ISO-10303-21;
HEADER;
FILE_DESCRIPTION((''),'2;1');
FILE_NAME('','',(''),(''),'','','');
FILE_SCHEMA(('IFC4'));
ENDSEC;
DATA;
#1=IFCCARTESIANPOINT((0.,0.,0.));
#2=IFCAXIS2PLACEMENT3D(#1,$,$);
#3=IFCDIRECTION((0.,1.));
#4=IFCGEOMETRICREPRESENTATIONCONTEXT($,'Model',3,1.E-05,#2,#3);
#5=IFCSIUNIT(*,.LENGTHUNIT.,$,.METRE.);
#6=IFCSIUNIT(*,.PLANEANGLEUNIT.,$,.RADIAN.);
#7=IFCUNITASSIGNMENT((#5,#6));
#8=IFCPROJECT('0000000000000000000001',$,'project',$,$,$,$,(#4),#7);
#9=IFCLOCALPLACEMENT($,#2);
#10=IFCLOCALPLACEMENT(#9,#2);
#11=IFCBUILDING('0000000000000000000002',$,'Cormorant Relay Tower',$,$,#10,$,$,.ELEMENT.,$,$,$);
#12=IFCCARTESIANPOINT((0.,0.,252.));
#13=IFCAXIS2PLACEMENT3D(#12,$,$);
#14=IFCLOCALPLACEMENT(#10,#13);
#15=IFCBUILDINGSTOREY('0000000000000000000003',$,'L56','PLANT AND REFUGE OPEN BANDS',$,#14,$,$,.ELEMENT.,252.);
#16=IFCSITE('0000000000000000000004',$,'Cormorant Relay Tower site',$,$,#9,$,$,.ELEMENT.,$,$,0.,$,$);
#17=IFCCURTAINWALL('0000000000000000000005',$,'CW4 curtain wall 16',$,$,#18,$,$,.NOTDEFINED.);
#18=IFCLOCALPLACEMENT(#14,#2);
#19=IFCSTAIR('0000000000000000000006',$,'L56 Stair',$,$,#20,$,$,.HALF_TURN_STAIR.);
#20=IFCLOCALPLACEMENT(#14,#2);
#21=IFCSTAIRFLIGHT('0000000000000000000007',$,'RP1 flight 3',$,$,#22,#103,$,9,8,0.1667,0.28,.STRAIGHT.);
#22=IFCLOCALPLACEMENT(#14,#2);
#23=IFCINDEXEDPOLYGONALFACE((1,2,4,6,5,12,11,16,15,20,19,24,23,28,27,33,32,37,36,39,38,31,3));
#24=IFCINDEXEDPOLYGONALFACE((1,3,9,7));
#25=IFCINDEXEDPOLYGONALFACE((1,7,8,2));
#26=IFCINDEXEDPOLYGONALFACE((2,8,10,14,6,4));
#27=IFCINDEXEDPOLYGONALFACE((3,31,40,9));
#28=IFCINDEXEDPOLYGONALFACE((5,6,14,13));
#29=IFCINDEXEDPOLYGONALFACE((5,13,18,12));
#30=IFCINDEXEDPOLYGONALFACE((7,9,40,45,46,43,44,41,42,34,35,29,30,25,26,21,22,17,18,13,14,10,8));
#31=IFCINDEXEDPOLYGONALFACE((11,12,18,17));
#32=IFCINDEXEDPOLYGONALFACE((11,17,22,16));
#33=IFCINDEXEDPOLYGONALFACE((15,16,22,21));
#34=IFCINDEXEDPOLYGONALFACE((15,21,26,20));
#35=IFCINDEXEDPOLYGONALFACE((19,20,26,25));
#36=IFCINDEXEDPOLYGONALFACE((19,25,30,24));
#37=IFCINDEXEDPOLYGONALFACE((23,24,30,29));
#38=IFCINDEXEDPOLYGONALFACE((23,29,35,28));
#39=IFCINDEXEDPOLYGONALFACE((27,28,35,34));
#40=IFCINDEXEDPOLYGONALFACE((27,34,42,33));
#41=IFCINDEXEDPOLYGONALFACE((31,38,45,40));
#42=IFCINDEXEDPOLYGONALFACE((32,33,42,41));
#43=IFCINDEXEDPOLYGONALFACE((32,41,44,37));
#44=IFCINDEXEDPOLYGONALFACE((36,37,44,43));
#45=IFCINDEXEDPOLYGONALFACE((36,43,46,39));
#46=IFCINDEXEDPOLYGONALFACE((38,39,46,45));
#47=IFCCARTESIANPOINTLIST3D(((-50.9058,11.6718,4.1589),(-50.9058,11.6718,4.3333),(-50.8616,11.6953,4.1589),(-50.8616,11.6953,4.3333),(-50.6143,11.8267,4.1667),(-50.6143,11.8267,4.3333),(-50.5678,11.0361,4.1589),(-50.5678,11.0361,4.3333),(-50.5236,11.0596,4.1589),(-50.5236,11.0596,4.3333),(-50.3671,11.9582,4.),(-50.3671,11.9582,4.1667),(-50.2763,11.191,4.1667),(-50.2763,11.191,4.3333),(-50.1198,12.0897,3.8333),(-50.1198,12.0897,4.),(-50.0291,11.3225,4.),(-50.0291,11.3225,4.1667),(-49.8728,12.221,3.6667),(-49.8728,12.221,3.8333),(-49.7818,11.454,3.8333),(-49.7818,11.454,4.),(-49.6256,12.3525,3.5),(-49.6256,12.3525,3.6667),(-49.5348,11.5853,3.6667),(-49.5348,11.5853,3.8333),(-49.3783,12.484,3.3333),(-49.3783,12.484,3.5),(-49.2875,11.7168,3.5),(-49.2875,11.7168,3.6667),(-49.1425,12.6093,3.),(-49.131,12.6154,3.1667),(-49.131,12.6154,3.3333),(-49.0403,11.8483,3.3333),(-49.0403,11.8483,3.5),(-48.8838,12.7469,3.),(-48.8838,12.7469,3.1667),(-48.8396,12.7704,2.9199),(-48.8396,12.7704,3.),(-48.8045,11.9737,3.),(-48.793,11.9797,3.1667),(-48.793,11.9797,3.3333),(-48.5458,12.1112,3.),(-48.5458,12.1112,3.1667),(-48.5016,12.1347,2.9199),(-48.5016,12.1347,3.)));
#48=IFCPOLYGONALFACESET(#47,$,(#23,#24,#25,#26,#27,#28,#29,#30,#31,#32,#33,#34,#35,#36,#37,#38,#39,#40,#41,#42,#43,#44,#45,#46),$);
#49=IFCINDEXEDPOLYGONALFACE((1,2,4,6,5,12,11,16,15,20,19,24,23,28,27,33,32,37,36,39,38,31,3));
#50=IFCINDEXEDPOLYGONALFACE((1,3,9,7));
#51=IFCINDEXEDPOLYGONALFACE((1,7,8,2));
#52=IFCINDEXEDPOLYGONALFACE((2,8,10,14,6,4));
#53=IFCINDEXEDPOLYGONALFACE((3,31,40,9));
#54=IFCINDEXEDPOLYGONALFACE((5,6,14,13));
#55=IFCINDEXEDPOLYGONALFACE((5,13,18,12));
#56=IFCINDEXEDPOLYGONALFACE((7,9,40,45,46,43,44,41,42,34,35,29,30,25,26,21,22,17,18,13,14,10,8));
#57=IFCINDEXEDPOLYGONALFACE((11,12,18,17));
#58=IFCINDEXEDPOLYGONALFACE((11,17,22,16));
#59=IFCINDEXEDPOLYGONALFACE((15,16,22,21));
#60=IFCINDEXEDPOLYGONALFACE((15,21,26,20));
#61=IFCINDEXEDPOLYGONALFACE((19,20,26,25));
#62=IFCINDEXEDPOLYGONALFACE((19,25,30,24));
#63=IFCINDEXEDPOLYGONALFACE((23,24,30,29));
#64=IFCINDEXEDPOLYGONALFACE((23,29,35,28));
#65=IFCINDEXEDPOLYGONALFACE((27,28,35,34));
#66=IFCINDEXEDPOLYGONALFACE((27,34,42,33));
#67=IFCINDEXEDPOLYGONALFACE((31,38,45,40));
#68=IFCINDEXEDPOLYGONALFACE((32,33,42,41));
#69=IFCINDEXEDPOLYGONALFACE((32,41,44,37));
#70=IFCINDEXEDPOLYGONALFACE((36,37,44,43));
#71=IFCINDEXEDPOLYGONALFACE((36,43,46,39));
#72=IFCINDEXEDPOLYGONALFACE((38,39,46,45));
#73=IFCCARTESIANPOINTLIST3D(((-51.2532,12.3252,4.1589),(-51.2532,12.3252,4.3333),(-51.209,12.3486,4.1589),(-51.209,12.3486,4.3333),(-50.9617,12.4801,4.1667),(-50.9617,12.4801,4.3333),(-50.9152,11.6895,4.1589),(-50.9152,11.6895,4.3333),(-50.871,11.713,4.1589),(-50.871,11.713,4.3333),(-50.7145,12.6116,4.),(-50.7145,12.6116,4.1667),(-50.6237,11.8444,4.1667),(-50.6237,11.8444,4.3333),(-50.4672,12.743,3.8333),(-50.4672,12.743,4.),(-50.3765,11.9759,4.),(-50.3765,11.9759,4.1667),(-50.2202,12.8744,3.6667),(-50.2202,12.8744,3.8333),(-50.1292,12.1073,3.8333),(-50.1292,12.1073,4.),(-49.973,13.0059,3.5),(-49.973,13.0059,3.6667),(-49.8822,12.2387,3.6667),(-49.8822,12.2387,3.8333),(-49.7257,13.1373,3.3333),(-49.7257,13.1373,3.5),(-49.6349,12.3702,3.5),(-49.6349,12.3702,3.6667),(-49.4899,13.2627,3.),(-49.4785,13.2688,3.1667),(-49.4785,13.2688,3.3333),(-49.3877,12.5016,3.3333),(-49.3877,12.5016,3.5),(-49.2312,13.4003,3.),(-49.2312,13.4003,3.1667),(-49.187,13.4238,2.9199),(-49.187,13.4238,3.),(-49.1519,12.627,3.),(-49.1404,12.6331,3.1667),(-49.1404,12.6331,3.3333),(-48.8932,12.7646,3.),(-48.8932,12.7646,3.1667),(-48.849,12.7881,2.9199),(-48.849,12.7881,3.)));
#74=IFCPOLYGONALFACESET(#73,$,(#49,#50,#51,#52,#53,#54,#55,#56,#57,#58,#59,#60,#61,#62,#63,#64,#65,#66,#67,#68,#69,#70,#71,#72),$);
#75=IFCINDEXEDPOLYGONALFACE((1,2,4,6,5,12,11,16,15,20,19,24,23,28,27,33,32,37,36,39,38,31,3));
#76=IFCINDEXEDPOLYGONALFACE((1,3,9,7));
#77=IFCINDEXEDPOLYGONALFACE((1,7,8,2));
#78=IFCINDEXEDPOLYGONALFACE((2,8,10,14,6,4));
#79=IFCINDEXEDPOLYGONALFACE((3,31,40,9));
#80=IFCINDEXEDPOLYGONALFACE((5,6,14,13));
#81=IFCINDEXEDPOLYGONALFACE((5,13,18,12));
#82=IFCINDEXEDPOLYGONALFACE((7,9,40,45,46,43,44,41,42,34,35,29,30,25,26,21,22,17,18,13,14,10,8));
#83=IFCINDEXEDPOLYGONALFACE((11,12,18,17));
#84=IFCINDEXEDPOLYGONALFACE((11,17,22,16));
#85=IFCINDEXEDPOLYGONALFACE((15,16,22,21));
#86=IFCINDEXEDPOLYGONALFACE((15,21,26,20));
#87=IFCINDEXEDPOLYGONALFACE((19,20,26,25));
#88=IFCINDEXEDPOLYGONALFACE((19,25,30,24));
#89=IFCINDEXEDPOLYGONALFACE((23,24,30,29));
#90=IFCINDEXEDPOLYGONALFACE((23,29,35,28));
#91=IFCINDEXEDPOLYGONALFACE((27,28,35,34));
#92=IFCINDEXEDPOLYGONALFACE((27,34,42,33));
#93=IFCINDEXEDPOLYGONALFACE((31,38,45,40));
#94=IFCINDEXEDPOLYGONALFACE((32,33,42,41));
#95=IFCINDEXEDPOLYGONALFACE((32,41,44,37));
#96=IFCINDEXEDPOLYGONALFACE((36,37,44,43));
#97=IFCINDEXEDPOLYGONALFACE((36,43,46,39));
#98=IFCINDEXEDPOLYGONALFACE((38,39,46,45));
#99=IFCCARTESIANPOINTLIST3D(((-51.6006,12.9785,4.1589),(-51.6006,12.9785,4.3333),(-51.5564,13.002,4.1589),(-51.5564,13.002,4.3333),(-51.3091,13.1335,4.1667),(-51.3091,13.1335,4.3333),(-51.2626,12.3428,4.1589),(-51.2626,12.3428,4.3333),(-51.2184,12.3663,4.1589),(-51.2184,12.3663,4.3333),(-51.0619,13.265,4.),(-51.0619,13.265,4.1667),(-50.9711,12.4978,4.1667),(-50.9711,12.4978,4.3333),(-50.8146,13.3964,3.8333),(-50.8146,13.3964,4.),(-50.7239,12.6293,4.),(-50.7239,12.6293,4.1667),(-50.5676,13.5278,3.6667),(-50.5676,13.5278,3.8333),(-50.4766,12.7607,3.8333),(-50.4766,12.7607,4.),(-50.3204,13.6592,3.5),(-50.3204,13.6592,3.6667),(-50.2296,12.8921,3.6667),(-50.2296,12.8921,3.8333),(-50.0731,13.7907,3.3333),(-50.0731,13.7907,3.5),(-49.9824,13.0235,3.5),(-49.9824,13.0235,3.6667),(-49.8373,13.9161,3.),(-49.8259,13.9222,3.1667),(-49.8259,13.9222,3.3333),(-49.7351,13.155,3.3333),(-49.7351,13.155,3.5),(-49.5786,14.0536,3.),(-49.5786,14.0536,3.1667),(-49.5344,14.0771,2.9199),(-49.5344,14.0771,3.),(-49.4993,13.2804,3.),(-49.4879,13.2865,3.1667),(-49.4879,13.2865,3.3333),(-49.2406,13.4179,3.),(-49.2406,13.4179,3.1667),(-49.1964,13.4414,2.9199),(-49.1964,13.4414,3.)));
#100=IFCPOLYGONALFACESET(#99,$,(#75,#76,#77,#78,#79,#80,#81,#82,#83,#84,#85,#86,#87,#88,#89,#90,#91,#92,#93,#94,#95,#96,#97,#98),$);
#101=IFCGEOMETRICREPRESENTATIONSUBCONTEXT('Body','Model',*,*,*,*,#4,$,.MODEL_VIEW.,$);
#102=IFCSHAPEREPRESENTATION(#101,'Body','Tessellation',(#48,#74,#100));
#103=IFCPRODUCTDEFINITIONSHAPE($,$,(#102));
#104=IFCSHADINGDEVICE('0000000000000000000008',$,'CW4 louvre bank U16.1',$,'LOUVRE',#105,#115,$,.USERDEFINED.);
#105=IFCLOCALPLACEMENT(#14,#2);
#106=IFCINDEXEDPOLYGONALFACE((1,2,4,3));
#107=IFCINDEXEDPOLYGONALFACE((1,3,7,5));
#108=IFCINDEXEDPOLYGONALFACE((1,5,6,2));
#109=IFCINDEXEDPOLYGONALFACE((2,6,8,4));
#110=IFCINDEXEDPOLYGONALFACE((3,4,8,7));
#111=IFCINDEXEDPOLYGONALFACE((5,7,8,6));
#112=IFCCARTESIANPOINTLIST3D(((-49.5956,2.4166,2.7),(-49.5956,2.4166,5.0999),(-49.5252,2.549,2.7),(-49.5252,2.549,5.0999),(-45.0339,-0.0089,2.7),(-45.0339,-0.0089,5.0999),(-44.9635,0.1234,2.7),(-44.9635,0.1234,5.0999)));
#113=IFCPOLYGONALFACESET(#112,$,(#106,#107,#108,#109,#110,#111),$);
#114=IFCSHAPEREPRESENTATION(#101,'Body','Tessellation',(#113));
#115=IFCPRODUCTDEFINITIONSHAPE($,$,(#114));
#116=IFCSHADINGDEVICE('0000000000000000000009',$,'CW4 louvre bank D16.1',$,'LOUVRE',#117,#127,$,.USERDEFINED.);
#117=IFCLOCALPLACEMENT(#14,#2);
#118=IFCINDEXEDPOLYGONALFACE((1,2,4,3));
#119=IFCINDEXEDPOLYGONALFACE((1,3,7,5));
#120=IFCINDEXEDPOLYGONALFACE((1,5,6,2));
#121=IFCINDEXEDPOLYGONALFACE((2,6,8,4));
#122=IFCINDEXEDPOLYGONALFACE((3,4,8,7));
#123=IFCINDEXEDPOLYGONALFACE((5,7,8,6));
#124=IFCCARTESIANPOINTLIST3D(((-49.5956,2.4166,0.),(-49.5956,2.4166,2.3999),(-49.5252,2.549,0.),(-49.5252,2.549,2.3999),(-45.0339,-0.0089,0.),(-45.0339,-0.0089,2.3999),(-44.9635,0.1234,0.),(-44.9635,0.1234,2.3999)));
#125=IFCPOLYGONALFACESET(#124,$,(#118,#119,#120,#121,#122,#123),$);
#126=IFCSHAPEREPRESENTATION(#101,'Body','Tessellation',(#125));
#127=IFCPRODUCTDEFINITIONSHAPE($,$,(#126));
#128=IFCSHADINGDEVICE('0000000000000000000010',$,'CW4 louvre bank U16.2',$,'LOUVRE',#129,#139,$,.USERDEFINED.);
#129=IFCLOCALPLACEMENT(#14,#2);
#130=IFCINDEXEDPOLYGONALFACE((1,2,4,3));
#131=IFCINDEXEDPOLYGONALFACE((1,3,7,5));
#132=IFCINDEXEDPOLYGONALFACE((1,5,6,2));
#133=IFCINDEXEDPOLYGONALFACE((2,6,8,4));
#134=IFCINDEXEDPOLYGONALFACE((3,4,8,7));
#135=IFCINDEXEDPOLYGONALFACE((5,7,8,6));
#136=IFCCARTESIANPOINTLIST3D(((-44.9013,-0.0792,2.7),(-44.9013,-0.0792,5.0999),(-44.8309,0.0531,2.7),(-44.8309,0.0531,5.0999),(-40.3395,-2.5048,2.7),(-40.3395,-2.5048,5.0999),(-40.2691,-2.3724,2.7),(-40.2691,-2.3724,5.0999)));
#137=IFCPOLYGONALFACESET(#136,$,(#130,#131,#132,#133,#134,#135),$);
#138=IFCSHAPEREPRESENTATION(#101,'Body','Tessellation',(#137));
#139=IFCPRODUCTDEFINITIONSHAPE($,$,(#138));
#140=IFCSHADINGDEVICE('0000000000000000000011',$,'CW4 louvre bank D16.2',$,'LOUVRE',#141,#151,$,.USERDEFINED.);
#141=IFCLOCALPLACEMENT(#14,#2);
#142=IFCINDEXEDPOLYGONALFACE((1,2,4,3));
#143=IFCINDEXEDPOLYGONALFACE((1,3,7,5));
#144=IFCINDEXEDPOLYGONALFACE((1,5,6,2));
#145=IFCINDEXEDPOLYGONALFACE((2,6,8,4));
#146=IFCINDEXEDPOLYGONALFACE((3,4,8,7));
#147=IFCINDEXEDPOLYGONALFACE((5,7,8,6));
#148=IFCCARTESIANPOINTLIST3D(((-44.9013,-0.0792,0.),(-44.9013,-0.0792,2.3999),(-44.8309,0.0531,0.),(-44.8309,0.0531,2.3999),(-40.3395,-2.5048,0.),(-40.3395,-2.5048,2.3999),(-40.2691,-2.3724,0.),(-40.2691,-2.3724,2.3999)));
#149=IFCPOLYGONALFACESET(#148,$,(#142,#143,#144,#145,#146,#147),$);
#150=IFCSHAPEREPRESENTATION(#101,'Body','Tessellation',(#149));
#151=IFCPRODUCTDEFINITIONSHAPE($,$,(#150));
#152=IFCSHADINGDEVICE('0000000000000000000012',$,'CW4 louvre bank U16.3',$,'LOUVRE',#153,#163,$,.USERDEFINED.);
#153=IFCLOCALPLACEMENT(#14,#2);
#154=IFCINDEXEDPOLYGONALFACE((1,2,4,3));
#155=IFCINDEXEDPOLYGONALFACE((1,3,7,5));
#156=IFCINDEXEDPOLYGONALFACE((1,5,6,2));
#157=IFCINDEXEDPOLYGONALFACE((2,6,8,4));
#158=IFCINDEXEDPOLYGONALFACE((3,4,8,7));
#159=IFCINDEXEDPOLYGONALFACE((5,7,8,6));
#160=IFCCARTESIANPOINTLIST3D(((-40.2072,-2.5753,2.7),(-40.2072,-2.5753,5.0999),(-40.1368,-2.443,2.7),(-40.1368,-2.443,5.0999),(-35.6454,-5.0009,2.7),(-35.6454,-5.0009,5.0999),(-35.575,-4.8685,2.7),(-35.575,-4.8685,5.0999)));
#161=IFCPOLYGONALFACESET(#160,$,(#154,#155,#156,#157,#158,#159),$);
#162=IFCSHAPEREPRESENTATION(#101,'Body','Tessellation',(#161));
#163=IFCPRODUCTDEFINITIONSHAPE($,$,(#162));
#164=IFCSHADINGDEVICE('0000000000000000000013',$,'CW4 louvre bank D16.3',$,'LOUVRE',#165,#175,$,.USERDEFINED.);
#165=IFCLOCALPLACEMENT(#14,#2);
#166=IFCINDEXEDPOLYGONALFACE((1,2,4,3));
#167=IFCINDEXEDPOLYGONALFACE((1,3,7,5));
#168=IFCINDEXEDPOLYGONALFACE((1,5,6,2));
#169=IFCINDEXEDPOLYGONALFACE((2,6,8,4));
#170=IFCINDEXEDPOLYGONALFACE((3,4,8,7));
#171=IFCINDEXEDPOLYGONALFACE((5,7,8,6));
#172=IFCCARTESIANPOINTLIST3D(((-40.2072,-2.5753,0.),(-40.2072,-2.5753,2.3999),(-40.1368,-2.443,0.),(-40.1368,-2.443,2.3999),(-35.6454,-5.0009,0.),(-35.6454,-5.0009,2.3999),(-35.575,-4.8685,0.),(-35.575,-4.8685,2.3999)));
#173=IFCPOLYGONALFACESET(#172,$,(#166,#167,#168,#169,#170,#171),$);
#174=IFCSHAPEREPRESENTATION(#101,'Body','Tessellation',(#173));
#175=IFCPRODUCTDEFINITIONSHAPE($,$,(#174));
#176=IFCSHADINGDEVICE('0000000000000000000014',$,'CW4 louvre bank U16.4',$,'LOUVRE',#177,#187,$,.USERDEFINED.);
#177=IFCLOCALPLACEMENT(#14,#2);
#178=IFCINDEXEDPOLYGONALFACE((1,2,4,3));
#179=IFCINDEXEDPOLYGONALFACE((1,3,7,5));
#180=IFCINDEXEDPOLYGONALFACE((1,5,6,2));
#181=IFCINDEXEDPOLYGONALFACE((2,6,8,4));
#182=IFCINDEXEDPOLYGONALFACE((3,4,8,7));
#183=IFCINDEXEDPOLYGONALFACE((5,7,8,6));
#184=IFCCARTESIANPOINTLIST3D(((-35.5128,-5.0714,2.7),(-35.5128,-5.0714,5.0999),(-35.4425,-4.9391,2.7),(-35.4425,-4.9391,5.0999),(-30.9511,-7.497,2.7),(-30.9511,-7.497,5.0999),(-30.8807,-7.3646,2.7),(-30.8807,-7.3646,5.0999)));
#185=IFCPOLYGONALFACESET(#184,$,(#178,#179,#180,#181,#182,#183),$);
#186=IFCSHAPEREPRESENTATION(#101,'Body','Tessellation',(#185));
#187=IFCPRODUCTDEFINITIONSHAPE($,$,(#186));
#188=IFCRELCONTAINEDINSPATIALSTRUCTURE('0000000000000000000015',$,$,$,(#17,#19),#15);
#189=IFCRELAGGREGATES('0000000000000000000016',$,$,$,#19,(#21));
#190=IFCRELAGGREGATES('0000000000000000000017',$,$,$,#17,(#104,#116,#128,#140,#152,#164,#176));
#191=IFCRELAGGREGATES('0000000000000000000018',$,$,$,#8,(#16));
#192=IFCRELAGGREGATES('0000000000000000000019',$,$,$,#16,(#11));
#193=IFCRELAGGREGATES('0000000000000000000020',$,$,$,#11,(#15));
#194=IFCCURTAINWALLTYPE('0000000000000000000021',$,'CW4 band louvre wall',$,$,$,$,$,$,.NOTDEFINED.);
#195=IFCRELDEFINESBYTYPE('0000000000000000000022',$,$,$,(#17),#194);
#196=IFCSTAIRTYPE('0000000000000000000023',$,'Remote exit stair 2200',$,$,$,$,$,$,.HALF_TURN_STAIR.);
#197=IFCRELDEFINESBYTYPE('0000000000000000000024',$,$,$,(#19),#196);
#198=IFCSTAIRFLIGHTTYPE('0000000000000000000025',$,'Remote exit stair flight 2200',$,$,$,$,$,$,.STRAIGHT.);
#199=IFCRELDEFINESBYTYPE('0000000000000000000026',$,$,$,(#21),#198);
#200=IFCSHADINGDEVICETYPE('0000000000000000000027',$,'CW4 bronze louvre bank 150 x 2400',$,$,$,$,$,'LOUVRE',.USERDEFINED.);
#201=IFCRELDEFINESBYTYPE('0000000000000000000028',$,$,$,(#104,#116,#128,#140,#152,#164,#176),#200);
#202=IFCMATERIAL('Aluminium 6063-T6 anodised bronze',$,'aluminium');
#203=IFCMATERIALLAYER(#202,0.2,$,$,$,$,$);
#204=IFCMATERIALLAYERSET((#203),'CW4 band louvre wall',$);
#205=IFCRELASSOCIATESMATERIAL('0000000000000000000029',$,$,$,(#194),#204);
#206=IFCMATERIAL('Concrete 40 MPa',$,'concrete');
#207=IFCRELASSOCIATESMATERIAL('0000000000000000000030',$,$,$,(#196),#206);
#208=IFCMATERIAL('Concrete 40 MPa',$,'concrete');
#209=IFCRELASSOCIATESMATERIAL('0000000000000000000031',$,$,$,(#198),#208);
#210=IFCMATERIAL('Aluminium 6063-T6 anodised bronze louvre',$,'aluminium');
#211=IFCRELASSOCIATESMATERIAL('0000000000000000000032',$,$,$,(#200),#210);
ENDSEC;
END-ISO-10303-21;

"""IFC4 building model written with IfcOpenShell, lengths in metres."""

from ifc_helpers import new_model, si_unit, direction, frame, origin, origin_2d, place, context, subcontext, project, spatial, polyline, rectangle, outline, extrude, material, layer, layer_set, type_object, element, aggregate, save


model = new_model("IFC4")

# Units and contexts
model_context = context("Model", 3, precision=1e-05, world=origin(), true_north=direction((0.0, 1.0)))
body_context = subcontext(model_context, "Body", "Model", "MODEL_VIEW")
ifc_project = project(units=[si_unit("LENGTHUNIT", "METRE"), si_unit("PLANEANGLEUNIT", "RADIAN")], contexts=[model_context])

# Site, building, storey
site_placement = place(None, origin())
site = spatial("IfcSite", under=ifc_project, at=site_placement, Name="Cormorant Relay Tower site", CompositionType="ELEMENT", RefElevation=0.0)
building_placement = place(site_placement, origin())
building = spatial("IfcBuilding", under=site, at=building_placement, Name="Cormorant Relay Tower", CompositionType="ELEMENT")
storey_placement = place(building_placement, frame((0.0, 0.0, 252.0)))
storey = spatial("IfcBuildingStorey", under=building, at=storey_placement, Name="L56", Description="PLANT AND REFUGE OPEN BANDS", CompositionType="ELEMENT", Elevation=252.0)

# Curtain wall
ifc_material_1 = material(Name="Aluminium 6063-T6 anodised bronze", Category="aluminium")
ifc_layer_1 = layer(ifc_material_1, 0.2)
ifc_layer_set_1 = layer_set([ifc_layer_1], Name="CW4 band louvre wall")
curtain_wall_type = type_object("IfcCurtainWallType", Name="CW4 band louvre wall", PredefinedType="NOTDEFINED", material=ifc_layer_set_1)
curtain_wall_placement = place(storey_placement, origin())
curtain_wall = element("IfcCurtainWall", 1, at=curtain_wall_placement, inside=storey, type_object=curtain_wall_type, Name="CW4 curtain wall 16", PredefinedType="NOTDEFINED")

# Stair, stair flight
ifc_material_2 = material(Name="Concrete 40 MPa", Category="concrete")
stair_type_1 = type_object("IfcStairType", Name="Remote exit stair 2200", PredefinedType="HALF_TURN_STAIR", material=ifc_material_2)
stair_1_placement = place(storey_placement, origin())
stair_1 = element("IfcStair", 2, at=stair_1_placement, inside=storey, type_object=stair_type_1, Name="L56 Stair", PredefinedType="HALF_TURN_STAIR")
ifc_material_3 = material(Name="Concrete 40 MPa", Category="concrete")
stair_flight_type_1 = type_object("IfcStairFlightType", Name="Remote exit stair flight 2200", PredefinedType="STRAIGHT", material=ifc_material_3)
stair_flight_1_placement = place(storey_placement, frame((-49.0623, 13.0825, 3.0), z_axis=(0.0, 0.0, 1.0), x_axis=(-0.882948, -0.469472, 0.0)))
stair_flight_1 = element("IfcStairFlight", 3, at=stair_flight_1_placement, type_object=stair_flight_type_1, Name="RP1 flight 3", NumberOfRisers=9, NumberOfTreads=8, PredefinedType="STRAIGHT", RiserHeight=0.1667, TreadLength=0.28, context=body_context, shape_type="SweptSolid", body=[
    extrude(outline(polyline([(-0.05, -0.0801), (-0.05, 0.0), (0.0, 0.0), (0.0, 0.1667), (0.28, 0.1667), (0.28, 0.3333), (0.5601, 0.3333), (0.5601, 0.5), (0.8401, 0.5), (0.8401, 0.6667), (1.1201, 0.6667), (1.1201, 0.8333), (1.3999, 0.8333), (1.3999, 1.0), (1.6799, 1.0), (1.6799, 1.1667), (1.96, 1.1667), (1.96, 1.3333), (2.24, 1.3333), (2.29, 1.3333), (2.29, 1.1589), (2.24, 1.1589), (0.293, 0.0), (-0.05, -0.0801)])), frame((0.0, 1.1001, 0.0), z_axis=(0.0, -1.0, 0.0), x_axis=(1.0, 0.0, 0.0)), (0.0, 0.0, 1.0), 0.72),
    extrude(outline(polyline([(-0.05, -0.0801), (-0.05, 0.0), (0.0, 0.0), (0.0, 0.1667), (0.28, 0.1667), (0.28, 0.3333), (0.5601, 0.3333), (0.5601, 0.5), (0.8401, 0.5), (0.8401, 0.6667), (1.1201, 0.6667), (1.1201, 0.8333), (1.3999, 0.8333), (1.3999, 1.0), (1.6799, 1.0), (1.6799, 1.1667), (1.96, 1.1667), (1.96, 1.3333), (2.24, 1.3333), (2.29, 1.3333), (2.29, 1.1589), (2.24, 1.1589), (0.293, 0.0), (-0.05, -0.0801)])), frame((0.0, 0.3601, 0.0), z_axis=(0.0, -1.0, 0.0), x_axis=(1.0, 0.0, 0.0)), (0.0, 0.0, 1.0), 0.72),
    extrude(outline(polyline([(-0.05, -0.0801), (-0.05, 0.0), (0.0, 0.0), (0.0, 0.1667), (0.28, 0.1667), (0.28, 0.3333), (0.5601, 0.3333), (0.5601, 0.5), (0.8401, 0.5), (0.8401, 0.6667), (1.1201, 0.6667), (1.1201, 0.8333), (1.3999, 0.8333), (1.3999, 1.0), (1.6799, 1.0), (1.6799, 1.1667), (1.96, 1.1667), (1.96, 1.3333), (2.24, 1.3333), (2.29, 1.3333), (2.29, 1.1589), (2.24, 1.1589), (0.293, 0.0), (-0.05, -0.0801)])), frame((0.0, -0.3799, 0.0), z_axis=(0.0, -1.0, 0.0), x_axis=(1.0, 0.0, 0.0)), (0.0, 0.0, 1.0), 0.72),
])
aggregate(stair_1, [stair_flight_1])

# Shading devices
ifc_material_4 = material(Name="Aluminium 6063-T6 anodised bronze louvre", Category="aluminium")
shading_device_type = type_object("IfcShadingDeviceType", Name="CW4 bronze louvre bank 150 x 2400", ElementType="LOUVRE", PredefinedType="USERDEFINED", material=ifc_material_4)
shading_device_1_placement = place(storey_placement, frame((-47.2795, 1.27, 2.7), z_axis=(0.0, 0.0, 1.0), x_axis=(0.882948, -0.469472, 0.0)))
shading_device_1 = element("IfcShadingDevice", 4, at=shading_device_1_placement, type_object=shading_device_type, Name="CW4 louvre bank U16.1", ObjectType="LOUVRE", PredefinedType="USERDEFINED", context=body_context, shape_type="SweptSolid", body=[
    extrude(rectangle(XDim=5.1665, YDim=0.1499, at=origin_2d()), origin(), (0.0, 0.0, 1.0), 2.3999),
])
shading_device_2_placement = place(storey_placement, frame((-47.2795, 1.27, 0.0), z_axis=(0.0, 0.0, 1.0), x_axis=(0.882948, -0.469472, 0.0)))
shading_device_2 = element("IfcShadingDevice", 5, at=shading_device_2_placement, type_object=shading_device_type, Name="CW4 louvre bank D16.1", ObjectType="LOUVRE", PredefinedType="USERDEFINED", context=body_context, shape_type="SweptSolid", body=[
    extrude(rectangle(XDim=5.1665, YDim=0.1499, at=origin_2d()), origin(), (0.0, 0.0, 1.0), 2.3999),
])
shading_device_3_placement = place(storey_placement, frame((-42.5852, -1.2258, 2.7), z_axis=(0.0, 0.0, 1.0), x_axis=(0.882948, -0.469472, 0.0)))
shading_device_3 = element("IfcShadingDevice", 6, at=shading_device_3_placement, type_object=shading_device_type, Name="CW4 louvre bank U16.2", ObjectType="LOUVRE", PredefinedType="USERDEFINED", context=body_context, shape_type="SweptSolid", body=[
    extrude(rectangle(XDim=5.1665, YDim=0.1499, at=origin_2d()), origin(), (0.0, 0.0, 1.0), 2.3999),
])
shading_device_4_placement = place(storey_placement, frame((-42.5852, -1.2258, 0.0), z_axis=(0.0, 0.0, 1.0), x_axis=(0.882948, -0.469472, 0.0)))
shading_device_4 = element("IfcShadingDevice", 7, at=shading_device_4_placement, type_object=shading_device_type, Name="CW4 louvre bank D16.2", ObjectType="LOUVRE", PredefinedType="USERDEFINED", context=body_context, shape_type="SweptSolid", body=[
    extrude(rectangle(XDim=5.1665, YDim=0.1499, at=origin_2d()), origin(), (0.0, 0.0, 1.0), 2.3999),
])
shading_device_5_placement = place(storey_placement, frame((-37.8911, -3.7219, 2.7), z_axis=(0.0, 0.0, 1.0), x_axis=(0.882948, -0.469472, 0.0)))
shading_device_5 = element("IfcShadingDevice", 8, at=shading_device_5_placement, type_object=shading_device_type, Name="CW4 louvre bank U16.3", ObjectType="LOUVRE", PredefinedType="USERDEFINED", context=body_context, shape_type="SweptSolid", body=[
    extrude(rectangle(XDim=5.1665, YDim=0.1499, at=origin_2d()), origin(), (0.0, 0.0, 1.0), 2.3999),
])
shading_device_6_placement = place(storey_placement, frame((-37.8911, -3.7219, 0.0), z_axis=(0.0, 0.0, 1.0), x_axis=(0.882948, -0.469472, 0.0)))
shading_device_6 = element("IfcShadingDevice", 9, at=shading_device_6_placement, type_object=shading_device_type, Name="CW4 louvre bank D16.3", ObjectType="LOUVRE", PredefinedType="USERDEFINED", context=body_context, shape_type="SweptSolid", body=[
    extrude(rectangle(XDim=5.1665, YDim=0.1499, at=origin_2d()), origin(), (0.0, 0.0, 1.0), 2.3999),
])
shading_device_7_placement = place(storey_placement, frame((-33.1968, -6.218, 2.7), z_axis=(0.0, 0.0, 1.0), x_axis=(0.882948, -0.469472, 0.0)))
shading_device_7 = element("IfcShadingDevice", 10, at=shading_device_7_placement, type_object=shading_device_type, Name="CW4 louvre bank U16.4", ObjectType="LOUVRE", PredefinedType="USERDEFINED", context=body_context, shape_type="SweptSolid", body=[
    extrude(rectangle(XDim=5.1665, YDim=0.1499, at=origin_2d()), origin(), (0.0, 0.0, 1.0), 2.3999),
])
aggregate(curtain_wall, [shading_device_1, shading_device_2, shading_device_3, shading_device_4, shading_device_5, shading_device_6, shading_device_7])

save(model, "model.ifc")
